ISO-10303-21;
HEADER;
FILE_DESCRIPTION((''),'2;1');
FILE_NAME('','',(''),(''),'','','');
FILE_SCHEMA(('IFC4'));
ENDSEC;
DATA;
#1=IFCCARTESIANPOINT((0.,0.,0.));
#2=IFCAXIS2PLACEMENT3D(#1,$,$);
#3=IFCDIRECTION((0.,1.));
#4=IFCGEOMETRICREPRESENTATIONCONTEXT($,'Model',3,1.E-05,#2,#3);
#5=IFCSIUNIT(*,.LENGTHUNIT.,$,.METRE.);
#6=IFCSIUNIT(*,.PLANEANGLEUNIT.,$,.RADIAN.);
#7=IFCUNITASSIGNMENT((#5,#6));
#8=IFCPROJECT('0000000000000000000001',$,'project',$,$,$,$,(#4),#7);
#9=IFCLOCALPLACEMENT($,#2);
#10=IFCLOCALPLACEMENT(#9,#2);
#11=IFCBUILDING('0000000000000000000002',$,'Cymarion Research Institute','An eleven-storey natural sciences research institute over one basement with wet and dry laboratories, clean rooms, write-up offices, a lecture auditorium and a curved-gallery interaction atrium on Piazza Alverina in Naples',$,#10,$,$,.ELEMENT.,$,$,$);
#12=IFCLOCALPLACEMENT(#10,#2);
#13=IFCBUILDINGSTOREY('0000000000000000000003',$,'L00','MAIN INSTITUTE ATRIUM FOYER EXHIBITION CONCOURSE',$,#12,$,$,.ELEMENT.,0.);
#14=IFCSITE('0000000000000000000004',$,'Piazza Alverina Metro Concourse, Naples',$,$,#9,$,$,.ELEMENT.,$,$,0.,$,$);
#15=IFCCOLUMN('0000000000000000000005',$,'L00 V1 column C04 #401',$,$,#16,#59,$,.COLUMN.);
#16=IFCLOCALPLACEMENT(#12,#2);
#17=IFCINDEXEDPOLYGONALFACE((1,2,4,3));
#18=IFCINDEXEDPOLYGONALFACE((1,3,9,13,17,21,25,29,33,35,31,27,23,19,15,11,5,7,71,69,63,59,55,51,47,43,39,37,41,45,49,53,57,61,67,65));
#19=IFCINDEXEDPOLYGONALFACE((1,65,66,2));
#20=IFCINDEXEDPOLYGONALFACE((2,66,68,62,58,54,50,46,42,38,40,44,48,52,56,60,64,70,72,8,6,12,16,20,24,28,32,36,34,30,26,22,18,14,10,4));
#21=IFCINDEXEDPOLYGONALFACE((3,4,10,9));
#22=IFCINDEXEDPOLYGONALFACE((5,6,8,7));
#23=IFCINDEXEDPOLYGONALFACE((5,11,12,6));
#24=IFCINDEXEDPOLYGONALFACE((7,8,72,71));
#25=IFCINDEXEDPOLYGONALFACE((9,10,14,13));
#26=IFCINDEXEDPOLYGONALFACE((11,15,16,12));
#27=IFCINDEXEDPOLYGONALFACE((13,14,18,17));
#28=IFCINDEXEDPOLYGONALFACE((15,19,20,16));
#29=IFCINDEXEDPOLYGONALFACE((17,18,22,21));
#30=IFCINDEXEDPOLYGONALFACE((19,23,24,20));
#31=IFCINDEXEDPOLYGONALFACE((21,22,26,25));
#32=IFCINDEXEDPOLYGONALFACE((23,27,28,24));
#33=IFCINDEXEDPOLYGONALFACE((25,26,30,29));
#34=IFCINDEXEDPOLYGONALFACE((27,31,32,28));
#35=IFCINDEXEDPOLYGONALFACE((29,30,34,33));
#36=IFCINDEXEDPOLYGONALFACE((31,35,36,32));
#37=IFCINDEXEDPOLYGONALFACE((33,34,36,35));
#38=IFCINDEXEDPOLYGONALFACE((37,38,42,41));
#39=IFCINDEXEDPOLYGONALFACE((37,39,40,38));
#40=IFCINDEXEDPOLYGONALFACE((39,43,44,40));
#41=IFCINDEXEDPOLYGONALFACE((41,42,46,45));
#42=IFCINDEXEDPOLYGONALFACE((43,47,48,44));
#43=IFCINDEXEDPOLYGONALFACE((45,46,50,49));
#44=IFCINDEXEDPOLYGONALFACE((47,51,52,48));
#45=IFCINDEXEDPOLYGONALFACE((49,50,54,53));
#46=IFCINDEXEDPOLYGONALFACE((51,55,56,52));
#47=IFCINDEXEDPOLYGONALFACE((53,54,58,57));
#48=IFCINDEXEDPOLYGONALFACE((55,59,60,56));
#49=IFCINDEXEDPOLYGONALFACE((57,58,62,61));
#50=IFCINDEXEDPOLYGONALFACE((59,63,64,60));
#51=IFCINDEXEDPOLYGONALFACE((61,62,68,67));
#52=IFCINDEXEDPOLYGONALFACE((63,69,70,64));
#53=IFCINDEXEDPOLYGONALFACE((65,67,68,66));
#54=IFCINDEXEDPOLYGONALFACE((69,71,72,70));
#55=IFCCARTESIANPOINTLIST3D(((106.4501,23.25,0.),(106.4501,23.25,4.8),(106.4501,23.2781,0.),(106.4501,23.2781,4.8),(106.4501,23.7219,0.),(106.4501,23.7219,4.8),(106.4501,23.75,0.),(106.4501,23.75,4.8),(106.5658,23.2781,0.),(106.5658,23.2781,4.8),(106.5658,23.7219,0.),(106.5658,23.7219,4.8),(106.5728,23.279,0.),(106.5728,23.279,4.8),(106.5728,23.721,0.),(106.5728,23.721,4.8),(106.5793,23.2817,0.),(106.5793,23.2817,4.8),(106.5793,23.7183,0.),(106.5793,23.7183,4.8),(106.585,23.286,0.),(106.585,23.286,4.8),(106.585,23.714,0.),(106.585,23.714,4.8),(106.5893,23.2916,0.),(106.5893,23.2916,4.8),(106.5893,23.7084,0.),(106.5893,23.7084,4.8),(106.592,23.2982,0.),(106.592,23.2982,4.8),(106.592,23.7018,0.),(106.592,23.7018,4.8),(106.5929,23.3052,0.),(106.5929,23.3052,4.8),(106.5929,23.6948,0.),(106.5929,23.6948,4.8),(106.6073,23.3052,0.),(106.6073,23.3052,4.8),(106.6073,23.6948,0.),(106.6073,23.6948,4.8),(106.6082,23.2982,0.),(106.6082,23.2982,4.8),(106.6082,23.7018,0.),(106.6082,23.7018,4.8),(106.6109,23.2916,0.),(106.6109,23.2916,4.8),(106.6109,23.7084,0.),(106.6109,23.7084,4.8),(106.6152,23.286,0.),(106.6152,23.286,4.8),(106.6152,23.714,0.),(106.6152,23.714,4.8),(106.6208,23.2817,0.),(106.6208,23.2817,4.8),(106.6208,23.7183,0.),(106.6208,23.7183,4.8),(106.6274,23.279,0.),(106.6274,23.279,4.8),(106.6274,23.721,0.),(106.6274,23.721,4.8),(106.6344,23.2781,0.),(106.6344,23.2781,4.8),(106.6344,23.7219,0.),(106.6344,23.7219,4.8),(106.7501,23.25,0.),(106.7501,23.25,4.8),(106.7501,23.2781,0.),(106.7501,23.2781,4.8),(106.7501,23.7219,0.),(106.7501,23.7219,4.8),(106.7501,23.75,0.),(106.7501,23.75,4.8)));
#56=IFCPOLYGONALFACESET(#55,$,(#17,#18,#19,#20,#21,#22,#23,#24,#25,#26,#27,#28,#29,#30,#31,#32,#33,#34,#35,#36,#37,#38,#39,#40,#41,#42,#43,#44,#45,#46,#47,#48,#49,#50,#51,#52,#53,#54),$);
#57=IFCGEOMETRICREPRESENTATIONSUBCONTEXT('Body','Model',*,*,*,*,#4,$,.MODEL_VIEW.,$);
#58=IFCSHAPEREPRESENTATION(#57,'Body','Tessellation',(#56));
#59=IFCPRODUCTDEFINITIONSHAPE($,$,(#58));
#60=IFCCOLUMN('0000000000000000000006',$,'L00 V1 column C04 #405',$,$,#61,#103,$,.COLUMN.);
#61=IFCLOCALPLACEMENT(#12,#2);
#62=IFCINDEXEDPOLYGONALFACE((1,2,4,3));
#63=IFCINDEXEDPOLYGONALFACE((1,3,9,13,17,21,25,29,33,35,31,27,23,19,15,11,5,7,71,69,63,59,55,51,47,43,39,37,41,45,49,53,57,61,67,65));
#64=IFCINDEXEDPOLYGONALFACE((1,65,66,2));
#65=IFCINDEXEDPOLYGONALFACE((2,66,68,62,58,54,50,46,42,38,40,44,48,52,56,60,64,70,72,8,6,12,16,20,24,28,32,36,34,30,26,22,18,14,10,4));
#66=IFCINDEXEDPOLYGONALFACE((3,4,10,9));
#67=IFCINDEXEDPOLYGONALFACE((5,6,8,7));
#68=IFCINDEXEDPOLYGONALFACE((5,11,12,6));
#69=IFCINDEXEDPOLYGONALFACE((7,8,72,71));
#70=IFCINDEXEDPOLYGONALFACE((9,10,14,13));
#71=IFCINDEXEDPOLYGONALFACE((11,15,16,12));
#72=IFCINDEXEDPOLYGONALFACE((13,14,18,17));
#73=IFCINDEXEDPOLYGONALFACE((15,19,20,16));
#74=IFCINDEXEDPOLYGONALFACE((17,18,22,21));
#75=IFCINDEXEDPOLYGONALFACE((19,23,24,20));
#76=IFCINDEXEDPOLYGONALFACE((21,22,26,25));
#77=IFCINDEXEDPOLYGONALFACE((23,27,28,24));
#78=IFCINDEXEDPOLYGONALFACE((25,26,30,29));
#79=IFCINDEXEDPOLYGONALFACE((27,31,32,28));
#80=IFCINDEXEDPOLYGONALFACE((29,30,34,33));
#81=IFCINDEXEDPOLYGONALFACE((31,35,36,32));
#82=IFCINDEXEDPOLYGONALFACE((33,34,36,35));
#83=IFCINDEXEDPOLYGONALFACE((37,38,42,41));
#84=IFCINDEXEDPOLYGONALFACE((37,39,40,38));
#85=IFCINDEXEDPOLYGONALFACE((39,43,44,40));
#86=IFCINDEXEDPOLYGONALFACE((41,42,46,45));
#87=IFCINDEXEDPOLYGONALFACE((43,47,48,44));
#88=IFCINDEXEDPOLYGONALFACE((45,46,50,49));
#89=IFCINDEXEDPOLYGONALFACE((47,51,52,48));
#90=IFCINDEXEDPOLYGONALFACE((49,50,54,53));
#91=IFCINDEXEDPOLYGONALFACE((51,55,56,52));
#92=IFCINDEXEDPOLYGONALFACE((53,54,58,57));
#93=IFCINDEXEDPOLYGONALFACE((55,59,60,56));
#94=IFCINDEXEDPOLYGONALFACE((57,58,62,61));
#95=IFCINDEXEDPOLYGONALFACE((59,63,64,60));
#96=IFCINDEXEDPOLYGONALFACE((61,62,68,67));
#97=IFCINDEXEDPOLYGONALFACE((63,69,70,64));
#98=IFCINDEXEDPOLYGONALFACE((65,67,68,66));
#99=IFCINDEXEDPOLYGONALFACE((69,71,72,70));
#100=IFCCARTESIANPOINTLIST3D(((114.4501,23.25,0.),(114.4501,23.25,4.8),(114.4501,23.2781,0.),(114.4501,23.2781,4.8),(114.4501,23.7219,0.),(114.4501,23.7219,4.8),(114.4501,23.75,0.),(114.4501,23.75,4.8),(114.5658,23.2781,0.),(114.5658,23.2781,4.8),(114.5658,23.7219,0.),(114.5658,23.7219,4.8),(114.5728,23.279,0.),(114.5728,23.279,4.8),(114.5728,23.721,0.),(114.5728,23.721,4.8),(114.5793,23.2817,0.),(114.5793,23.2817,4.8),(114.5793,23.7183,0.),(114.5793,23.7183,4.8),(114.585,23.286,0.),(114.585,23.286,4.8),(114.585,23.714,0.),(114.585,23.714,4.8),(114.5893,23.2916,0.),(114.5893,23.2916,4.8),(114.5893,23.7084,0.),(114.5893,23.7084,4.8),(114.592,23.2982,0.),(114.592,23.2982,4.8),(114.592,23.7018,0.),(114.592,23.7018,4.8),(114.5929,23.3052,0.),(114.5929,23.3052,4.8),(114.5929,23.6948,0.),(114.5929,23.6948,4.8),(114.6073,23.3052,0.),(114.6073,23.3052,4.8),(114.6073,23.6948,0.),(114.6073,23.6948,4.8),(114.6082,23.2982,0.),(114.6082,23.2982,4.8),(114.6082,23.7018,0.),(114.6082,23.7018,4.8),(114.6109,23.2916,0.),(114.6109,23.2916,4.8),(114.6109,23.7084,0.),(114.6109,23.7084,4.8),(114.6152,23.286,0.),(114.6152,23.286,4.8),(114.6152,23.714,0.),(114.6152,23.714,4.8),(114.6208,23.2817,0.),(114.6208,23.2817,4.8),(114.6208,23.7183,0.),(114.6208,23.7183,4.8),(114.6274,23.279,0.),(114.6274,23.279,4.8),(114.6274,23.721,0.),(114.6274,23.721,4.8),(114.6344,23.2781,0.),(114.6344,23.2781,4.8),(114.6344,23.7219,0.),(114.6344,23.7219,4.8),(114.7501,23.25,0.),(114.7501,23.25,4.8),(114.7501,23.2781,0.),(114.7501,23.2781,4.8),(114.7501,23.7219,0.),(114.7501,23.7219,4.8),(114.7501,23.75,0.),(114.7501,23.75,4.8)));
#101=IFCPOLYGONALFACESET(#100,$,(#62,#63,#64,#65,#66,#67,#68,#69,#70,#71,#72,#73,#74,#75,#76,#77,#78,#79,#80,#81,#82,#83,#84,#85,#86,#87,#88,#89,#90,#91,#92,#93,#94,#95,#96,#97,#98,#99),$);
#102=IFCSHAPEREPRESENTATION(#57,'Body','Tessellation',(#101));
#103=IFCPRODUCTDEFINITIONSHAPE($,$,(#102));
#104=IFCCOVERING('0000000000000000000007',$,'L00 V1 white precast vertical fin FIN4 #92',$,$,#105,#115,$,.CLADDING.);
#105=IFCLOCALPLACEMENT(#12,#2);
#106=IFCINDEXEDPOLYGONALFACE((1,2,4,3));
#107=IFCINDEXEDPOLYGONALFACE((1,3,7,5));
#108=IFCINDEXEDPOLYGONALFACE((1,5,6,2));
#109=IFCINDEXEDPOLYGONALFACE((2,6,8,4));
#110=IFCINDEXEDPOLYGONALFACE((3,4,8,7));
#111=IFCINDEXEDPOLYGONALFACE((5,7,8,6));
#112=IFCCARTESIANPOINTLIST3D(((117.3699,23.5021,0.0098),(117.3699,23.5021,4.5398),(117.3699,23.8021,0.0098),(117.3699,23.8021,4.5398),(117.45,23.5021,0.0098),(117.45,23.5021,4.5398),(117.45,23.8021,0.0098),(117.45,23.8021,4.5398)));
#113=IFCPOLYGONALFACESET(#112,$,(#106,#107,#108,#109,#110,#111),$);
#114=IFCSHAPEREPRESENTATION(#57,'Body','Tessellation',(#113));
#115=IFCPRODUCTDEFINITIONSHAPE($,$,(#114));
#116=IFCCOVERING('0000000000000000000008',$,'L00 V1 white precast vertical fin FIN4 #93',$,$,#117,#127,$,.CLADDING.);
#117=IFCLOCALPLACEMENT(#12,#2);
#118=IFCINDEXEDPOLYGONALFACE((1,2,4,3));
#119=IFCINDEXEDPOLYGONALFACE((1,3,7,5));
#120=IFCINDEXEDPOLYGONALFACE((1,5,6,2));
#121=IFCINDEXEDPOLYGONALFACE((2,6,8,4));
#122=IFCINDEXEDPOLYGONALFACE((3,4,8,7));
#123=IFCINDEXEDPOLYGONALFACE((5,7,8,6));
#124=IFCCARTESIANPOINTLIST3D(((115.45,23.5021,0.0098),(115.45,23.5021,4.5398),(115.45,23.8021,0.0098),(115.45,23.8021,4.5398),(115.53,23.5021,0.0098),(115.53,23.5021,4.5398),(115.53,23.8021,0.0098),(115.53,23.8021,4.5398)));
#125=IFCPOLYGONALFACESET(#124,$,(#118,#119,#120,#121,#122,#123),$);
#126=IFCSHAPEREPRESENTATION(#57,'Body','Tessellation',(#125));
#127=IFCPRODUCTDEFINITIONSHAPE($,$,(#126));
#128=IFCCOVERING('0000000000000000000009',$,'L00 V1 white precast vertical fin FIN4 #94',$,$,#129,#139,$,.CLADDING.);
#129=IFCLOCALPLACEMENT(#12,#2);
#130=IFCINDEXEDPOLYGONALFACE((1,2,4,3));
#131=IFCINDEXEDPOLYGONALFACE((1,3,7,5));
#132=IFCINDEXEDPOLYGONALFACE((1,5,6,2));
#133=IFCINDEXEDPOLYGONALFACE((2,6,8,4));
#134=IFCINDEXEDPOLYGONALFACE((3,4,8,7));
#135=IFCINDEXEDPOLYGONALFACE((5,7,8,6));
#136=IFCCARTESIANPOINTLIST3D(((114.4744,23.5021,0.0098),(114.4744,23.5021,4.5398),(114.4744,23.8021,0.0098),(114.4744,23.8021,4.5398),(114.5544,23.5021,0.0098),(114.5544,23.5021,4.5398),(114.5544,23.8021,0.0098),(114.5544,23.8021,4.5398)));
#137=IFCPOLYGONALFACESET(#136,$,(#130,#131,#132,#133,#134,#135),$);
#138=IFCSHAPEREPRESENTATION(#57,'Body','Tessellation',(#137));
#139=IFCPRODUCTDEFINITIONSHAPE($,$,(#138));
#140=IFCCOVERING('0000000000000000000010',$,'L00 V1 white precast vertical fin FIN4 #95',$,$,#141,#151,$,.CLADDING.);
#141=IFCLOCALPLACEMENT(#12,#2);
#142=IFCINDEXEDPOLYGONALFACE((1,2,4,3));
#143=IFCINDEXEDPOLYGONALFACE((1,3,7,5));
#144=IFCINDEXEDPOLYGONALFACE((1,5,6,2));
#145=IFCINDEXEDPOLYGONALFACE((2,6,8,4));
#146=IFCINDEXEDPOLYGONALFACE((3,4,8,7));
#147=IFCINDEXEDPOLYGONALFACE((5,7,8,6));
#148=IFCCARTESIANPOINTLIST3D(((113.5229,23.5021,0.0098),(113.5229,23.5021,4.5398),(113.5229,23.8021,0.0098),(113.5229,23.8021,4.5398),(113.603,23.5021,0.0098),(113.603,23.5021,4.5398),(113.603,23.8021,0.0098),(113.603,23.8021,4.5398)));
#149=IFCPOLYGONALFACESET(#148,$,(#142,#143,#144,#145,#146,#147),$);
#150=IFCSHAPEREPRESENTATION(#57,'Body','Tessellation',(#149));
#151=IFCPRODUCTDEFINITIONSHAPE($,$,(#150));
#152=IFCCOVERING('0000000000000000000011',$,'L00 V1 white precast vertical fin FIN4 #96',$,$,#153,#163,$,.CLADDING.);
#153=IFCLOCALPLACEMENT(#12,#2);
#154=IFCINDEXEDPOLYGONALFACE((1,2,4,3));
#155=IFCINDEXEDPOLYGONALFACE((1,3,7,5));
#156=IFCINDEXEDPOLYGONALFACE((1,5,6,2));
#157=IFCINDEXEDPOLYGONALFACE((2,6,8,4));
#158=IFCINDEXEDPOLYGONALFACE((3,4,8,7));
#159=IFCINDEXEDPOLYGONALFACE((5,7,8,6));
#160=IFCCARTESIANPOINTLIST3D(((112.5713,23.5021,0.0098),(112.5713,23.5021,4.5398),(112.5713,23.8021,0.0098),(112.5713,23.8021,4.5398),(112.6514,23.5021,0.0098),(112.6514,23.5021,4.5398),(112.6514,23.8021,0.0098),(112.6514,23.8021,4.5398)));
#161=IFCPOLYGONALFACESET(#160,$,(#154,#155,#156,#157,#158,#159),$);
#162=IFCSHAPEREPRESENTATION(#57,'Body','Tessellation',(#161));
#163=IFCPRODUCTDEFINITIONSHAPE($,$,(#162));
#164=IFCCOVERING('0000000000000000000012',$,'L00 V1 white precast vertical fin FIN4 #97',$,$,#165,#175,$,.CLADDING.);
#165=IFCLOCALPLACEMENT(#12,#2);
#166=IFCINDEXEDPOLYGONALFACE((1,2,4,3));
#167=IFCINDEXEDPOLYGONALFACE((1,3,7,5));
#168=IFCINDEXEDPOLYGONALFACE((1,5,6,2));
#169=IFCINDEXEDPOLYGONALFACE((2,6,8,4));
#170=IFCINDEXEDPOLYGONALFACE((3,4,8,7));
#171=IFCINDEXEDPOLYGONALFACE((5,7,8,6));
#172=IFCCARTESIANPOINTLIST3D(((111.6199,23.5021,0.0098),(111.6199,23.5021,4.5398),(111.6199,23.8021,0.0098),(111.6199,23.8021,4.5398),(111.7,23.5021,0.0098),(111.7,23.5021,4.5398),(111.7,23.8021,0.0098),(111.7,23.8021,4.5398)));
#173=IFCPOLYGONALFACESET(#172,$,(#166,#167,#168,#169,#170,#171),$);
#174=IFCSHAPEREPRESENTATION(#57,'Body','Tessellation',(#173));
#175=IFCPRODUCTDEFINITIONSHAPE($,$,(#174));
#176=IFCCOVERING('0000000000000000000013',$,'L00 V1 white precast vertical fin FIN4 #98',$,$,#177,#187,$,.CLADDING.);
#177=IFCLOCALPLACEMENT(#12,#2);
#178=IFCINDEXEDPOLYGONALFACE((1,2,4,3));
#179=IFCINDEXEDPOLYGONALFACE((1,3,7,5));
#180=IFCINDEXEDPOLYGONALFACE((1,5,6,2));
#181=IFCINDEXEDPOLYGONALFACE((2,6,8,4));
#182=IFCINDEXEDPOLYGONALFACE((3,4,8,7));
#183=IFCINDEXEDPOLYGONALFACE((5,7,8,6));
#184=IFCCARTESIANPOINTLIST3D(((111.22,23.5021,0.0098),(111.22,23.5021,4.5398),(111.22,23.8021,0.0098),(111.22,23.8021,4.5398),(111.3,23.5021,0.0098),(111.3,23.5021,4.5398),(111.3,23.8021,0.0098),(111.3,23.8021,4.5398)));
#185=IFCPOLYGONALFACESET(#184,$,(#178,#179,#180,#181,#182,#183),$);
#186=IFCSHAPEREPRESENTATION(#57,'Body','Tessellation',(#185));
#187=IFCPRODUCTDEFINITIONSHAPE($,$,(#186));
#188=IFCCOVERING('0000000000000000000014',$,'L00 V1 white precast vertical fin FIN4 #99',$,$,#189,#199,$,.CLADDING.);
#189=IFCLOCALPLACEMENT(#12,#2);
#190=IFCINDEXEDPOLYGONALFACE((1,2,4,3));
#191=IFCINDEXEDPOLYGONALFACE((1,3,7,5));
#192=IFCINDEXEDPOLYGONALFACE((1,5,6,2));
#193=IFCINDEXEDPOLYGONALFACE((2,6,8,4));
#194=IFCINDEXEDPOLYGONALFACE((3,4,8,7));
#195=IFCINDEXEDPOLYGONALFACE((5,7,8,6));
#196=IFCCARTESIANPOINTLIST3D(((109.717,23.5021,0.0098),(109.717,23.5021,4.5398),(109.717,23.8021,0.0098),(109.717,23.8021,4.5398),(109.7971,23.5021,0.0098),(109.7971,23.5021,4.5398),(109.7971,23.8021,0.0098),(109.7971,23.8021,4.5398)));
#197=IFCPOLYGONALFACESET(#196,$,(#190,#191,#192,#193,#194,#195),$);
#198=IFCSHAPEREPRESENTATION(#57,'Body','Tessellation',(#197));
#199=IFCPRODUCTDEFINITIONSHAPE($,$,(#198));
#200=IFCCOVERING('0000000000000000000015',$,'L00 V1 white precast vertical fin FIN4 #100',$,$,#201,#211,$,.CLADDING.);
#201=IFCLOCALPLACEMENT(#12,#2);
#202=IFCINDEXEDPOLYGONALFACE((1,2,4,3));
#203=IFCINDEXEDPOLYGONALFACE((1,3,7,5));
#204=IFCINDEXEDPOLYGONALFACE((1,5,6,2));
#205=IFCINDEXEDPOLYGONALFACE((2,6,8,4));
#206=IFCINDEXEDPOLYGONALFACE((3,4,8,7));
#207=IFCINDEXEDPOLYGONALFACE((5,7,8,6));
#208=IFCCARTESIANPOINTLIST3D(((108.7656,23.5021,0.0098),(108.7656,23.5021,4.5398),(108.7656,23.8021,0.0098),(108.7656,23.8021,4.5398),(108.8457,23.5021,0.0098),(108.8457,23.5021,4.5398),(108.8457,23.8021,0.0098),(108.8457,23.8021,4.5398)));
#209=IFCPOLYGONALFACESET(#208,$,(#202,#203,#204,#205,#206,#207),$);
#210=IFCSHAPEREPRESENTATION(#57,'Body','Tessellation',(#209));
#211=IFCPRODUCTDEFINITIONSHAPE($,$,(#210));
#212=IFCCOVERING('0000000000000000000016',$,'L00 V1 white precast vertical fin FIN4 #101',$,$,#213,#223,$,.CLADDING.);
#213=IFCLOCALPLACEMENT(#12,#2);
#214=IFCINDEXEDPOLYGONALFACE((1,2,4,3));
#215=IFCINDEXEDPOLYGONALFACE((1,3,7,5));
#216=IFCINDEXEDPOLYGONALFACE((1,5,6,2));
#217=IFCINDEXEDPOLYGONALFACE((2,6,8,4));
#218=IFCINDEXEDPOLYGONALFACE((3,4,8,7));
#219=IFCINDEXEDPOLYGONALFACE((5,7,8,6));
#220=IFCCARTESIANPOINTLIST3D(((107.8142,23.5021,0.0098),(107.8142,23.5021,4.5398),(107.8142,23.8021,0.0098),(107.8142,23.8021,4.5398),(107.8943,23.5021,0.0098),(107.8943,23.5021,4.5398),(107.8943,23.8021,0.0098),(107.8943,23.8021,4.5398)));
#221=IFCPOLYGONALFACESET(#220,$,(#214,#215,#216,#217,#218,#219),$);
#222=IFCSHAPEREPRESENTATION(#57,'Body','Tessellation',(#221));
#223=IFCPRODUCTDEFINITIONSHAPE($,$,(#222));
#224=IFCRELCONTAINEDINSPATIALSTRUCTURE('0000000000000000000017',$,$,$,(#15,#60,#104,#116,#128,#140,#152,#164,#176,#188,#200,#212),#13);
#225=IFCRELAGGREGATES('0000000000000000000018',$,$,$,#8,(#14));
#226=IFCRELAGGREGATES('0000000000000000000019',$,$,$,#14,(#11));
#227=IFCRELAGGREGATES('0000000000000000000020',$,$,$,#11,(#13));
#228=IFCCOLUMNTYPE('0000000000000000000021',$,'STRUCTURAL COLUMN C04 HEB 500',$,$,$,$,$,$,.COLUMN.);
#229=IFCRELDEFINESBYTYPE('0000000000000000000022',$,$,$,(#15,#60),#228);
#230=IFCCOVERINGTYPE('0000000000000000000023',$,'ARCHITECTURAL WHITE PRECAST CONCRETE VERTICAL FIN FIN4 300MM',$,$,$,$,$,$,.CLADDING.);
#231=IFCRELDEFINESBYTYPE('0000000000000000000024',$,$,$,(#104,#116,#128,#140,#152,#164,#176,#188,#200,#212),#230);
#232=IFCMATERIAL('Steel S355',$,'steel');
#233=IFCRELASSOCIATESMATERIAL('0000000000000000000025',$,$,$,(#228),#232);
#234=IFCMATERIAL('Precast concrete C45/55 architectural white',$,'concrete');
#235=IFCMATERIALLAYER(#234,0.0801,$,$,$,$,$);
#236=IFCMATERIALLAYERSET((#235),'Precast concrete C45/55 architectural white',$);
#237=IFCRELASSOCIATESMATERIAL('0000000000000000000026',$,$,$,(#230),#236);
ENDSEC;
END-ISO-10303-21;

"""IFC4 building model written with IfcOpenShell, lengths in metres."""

from ifc_helpers import new_model, si_unit, direction, frame, origin, origin_2d, place, context, subcontext, project, spatial, rectangle, i_section, extrude, material, layer, layer_set, material_profile, profile_set, type_object, element, save


model = new_model("IFC4")

# Units and contexts
model_context = context("Model", 3, precision=1e-05, world=origin(), true_north=direction((0.0, 1.0)))
body_context = subcontext(model_context, "Body", "Model", "MODEL_VIEW")
ifc_project = project(units=[si_unit("LENGTHUNIT", "METRE"), si_unit("PLANEANGLEUNIT", "RADIAN")], contexts=[model_context])

# Site, building, storey
site_placement = place(None, origin())
site = spatial("IfcSite", under=ifc_project, at=site_placement, Name="Piazza Alverina Metro Concourse, Naples", CompositionType="ELEMENT", RefElevation=0.0)
building_placement = place(site_placement, origin())
building = spatial("IfcBuilding", under=site, at=building_placement, Name="Cymarion Research Institute", Description="An eleven-storey natural sciences research institute over one basement with wet and dry laboratories, clean rooms, write-up offices, a lecture auditorium and a curved-gallery interaction atrium on Piazza Alverina in Naples", CompositionType="ELEMENT")
storey_placement = place(building_placement, origin())
storey = spatial("IfcBuildingStorey", under=building, at=storey_placement, Name="L00", Description="MAIN INSTITUTE ATRIUM FOYER EXHIBITION CONCOURSE", CompositionType="ELEMENT", Elevation=0.0)

# Columns
ifc_material_1 = material(Name="Steel S355", Category="steel")
ifc_material_profile = material_profile(ifc_material_1, i_section(OverallWidth=0.3, OverallDepth=0.5, WebThickness=0.0144, FlangeThickness=0.0281, FilletRadius=0.0271, at=origin_2d()), Name="HEB 500")
ifc_profile_set = profile_set([ifc_material_profile], Name="Steel S355")
column_type = type_object("IfcColumnType", Name="STRUCTURAL COLUMN C04 HEB 500", PredefinedType="COLUMN", material=ifc_profile_set)
for number, where, z_axis, x_axis, name in (
    (1, (106.6001, 23.5, 0.0), (0.0, 0.0, 1.0), (1.0, 0.0, 0.0), "L00 V1 column C04 #401"),
    (2, (114.6001, 23.5, 0.0), (0.0, 0.0, 1.0), (1.0, 0.0, 0.0), "L00 V1 column C04 #405"),
):
    element("IfcColumn", number, at=place(storey_placement, frame(where, z_axis=z_axis, x_axis=x_axis)), inside=storey, type_object=column_type, Name=name, PredefinedType="COLUMN", context=body_context, shape_type="SweptSolid", body=[
        extrude(i_section(OverallWidth=0.3, OverallDepth=0.5, WebThickness=0.0144, FlangeThickness=0.0281, FilletRadius=0.0271, at=origin_2d()), origin(), (0.0, 0.0, 1.0), 4.8),
    ])

# Coverings
ifc_material_2 = material(Name="Precast concrete C45/55 architectural white", Category="concrete")
ifc_layer = layer(ifc_material_2, 0.0801)
ifc_layer_set = layer_set([ifc_layer], Name="Precast concrete C45/55 architectural white")
covering_type = type_object("IfcCoveringType", Name="ARCHITECTURAL WHITE PRECAST CONCRETE VERTICAL FIN FIN4 300MM", PredefinedType="CLADDING", material=ifc_layer_set)
for number, where, z_axis, x_axis, name in (
    (3, (117.4099, 23.6521, 0.0098), (0.0, 0.0, 1.0), (0.0, 1.0, 0.0), "L00 V1 white precast vertical fin FIN4 #92"),
    (4, (115.49, 23.6521, 0.0098), (0.0, 0.0, 1.0), (0.0, 1.0, 0.0), "L00 V1 white precast vertical fin FIN4 #93"),
    (5, (114.5144, 23.6521, 0.0098), (0.0, 0.0, 1.0), (0.0, 1.0, 0.0), "L00 V1 white precast vertical fin FIN4 #94"),
    (6, (113.563, 23.6521, 0.0098), (0.0, 0.0, 1.0), (0.0, 1.0, 0.0), "L00 V1 white precast vertical fin FIN4 #95"),
    (7, (112.6113, 23.6521, 0.0098), (0.0, 0.0, 1.0), (0.0, 1.0, 0.0), "L00 V1 white precast vertical fin FIN4 #96"),
    (8, (111.6599, 23.6521, 0.0098), (0.0, 0.0, 1.0), (0.0, 1.0, 0.0), "L00 V1 white precast vertical fin FIN4 #97"),
    (9, (111.26, 23.6521, 0.0098), (0.0, 0.0, 1.0), (0.0, 1.0, 0.0), "L00 V1 white precast vertical fin FIN4 #98"),
    (10, (109.7571, 23.6521, 0.0098), (0.0, 0.0, 1.0), (0.0, 1.0, 0.0), "L00 V1 white precast vertical fin FIN4 #99"),
    (11, (108.8057, 23.6521, 0.0098), (0.0, 0.0, 1.0), (0.0, 1.0, 0.0), "L00 V1 white precast vertical fin FIN4 #100"),
    (12, (107.8542, 23.6521, 0.0098), (0.0, 0.0, 1.0), (0.0, 1.0, 0.0), "L00 V1 white precast vertical fin FIN4 #101"),
):
    element("IfcCovering", number, at=place(storey_placement, frame(where, z_axis=z_axis, x_axis=x_axis)), inside=storey, type_object=covering_type, Name=name, PredefinedType="CLADDING", context=body_context, shape_type="SweptSolid", body=[
        extrude(rectangle(XDim=0.3, YDim=0.0801, at=origin_2d()), origin(), (0.0, 0.0, 1.0), 4.53),
    ])

save(model, "model.ifc")
